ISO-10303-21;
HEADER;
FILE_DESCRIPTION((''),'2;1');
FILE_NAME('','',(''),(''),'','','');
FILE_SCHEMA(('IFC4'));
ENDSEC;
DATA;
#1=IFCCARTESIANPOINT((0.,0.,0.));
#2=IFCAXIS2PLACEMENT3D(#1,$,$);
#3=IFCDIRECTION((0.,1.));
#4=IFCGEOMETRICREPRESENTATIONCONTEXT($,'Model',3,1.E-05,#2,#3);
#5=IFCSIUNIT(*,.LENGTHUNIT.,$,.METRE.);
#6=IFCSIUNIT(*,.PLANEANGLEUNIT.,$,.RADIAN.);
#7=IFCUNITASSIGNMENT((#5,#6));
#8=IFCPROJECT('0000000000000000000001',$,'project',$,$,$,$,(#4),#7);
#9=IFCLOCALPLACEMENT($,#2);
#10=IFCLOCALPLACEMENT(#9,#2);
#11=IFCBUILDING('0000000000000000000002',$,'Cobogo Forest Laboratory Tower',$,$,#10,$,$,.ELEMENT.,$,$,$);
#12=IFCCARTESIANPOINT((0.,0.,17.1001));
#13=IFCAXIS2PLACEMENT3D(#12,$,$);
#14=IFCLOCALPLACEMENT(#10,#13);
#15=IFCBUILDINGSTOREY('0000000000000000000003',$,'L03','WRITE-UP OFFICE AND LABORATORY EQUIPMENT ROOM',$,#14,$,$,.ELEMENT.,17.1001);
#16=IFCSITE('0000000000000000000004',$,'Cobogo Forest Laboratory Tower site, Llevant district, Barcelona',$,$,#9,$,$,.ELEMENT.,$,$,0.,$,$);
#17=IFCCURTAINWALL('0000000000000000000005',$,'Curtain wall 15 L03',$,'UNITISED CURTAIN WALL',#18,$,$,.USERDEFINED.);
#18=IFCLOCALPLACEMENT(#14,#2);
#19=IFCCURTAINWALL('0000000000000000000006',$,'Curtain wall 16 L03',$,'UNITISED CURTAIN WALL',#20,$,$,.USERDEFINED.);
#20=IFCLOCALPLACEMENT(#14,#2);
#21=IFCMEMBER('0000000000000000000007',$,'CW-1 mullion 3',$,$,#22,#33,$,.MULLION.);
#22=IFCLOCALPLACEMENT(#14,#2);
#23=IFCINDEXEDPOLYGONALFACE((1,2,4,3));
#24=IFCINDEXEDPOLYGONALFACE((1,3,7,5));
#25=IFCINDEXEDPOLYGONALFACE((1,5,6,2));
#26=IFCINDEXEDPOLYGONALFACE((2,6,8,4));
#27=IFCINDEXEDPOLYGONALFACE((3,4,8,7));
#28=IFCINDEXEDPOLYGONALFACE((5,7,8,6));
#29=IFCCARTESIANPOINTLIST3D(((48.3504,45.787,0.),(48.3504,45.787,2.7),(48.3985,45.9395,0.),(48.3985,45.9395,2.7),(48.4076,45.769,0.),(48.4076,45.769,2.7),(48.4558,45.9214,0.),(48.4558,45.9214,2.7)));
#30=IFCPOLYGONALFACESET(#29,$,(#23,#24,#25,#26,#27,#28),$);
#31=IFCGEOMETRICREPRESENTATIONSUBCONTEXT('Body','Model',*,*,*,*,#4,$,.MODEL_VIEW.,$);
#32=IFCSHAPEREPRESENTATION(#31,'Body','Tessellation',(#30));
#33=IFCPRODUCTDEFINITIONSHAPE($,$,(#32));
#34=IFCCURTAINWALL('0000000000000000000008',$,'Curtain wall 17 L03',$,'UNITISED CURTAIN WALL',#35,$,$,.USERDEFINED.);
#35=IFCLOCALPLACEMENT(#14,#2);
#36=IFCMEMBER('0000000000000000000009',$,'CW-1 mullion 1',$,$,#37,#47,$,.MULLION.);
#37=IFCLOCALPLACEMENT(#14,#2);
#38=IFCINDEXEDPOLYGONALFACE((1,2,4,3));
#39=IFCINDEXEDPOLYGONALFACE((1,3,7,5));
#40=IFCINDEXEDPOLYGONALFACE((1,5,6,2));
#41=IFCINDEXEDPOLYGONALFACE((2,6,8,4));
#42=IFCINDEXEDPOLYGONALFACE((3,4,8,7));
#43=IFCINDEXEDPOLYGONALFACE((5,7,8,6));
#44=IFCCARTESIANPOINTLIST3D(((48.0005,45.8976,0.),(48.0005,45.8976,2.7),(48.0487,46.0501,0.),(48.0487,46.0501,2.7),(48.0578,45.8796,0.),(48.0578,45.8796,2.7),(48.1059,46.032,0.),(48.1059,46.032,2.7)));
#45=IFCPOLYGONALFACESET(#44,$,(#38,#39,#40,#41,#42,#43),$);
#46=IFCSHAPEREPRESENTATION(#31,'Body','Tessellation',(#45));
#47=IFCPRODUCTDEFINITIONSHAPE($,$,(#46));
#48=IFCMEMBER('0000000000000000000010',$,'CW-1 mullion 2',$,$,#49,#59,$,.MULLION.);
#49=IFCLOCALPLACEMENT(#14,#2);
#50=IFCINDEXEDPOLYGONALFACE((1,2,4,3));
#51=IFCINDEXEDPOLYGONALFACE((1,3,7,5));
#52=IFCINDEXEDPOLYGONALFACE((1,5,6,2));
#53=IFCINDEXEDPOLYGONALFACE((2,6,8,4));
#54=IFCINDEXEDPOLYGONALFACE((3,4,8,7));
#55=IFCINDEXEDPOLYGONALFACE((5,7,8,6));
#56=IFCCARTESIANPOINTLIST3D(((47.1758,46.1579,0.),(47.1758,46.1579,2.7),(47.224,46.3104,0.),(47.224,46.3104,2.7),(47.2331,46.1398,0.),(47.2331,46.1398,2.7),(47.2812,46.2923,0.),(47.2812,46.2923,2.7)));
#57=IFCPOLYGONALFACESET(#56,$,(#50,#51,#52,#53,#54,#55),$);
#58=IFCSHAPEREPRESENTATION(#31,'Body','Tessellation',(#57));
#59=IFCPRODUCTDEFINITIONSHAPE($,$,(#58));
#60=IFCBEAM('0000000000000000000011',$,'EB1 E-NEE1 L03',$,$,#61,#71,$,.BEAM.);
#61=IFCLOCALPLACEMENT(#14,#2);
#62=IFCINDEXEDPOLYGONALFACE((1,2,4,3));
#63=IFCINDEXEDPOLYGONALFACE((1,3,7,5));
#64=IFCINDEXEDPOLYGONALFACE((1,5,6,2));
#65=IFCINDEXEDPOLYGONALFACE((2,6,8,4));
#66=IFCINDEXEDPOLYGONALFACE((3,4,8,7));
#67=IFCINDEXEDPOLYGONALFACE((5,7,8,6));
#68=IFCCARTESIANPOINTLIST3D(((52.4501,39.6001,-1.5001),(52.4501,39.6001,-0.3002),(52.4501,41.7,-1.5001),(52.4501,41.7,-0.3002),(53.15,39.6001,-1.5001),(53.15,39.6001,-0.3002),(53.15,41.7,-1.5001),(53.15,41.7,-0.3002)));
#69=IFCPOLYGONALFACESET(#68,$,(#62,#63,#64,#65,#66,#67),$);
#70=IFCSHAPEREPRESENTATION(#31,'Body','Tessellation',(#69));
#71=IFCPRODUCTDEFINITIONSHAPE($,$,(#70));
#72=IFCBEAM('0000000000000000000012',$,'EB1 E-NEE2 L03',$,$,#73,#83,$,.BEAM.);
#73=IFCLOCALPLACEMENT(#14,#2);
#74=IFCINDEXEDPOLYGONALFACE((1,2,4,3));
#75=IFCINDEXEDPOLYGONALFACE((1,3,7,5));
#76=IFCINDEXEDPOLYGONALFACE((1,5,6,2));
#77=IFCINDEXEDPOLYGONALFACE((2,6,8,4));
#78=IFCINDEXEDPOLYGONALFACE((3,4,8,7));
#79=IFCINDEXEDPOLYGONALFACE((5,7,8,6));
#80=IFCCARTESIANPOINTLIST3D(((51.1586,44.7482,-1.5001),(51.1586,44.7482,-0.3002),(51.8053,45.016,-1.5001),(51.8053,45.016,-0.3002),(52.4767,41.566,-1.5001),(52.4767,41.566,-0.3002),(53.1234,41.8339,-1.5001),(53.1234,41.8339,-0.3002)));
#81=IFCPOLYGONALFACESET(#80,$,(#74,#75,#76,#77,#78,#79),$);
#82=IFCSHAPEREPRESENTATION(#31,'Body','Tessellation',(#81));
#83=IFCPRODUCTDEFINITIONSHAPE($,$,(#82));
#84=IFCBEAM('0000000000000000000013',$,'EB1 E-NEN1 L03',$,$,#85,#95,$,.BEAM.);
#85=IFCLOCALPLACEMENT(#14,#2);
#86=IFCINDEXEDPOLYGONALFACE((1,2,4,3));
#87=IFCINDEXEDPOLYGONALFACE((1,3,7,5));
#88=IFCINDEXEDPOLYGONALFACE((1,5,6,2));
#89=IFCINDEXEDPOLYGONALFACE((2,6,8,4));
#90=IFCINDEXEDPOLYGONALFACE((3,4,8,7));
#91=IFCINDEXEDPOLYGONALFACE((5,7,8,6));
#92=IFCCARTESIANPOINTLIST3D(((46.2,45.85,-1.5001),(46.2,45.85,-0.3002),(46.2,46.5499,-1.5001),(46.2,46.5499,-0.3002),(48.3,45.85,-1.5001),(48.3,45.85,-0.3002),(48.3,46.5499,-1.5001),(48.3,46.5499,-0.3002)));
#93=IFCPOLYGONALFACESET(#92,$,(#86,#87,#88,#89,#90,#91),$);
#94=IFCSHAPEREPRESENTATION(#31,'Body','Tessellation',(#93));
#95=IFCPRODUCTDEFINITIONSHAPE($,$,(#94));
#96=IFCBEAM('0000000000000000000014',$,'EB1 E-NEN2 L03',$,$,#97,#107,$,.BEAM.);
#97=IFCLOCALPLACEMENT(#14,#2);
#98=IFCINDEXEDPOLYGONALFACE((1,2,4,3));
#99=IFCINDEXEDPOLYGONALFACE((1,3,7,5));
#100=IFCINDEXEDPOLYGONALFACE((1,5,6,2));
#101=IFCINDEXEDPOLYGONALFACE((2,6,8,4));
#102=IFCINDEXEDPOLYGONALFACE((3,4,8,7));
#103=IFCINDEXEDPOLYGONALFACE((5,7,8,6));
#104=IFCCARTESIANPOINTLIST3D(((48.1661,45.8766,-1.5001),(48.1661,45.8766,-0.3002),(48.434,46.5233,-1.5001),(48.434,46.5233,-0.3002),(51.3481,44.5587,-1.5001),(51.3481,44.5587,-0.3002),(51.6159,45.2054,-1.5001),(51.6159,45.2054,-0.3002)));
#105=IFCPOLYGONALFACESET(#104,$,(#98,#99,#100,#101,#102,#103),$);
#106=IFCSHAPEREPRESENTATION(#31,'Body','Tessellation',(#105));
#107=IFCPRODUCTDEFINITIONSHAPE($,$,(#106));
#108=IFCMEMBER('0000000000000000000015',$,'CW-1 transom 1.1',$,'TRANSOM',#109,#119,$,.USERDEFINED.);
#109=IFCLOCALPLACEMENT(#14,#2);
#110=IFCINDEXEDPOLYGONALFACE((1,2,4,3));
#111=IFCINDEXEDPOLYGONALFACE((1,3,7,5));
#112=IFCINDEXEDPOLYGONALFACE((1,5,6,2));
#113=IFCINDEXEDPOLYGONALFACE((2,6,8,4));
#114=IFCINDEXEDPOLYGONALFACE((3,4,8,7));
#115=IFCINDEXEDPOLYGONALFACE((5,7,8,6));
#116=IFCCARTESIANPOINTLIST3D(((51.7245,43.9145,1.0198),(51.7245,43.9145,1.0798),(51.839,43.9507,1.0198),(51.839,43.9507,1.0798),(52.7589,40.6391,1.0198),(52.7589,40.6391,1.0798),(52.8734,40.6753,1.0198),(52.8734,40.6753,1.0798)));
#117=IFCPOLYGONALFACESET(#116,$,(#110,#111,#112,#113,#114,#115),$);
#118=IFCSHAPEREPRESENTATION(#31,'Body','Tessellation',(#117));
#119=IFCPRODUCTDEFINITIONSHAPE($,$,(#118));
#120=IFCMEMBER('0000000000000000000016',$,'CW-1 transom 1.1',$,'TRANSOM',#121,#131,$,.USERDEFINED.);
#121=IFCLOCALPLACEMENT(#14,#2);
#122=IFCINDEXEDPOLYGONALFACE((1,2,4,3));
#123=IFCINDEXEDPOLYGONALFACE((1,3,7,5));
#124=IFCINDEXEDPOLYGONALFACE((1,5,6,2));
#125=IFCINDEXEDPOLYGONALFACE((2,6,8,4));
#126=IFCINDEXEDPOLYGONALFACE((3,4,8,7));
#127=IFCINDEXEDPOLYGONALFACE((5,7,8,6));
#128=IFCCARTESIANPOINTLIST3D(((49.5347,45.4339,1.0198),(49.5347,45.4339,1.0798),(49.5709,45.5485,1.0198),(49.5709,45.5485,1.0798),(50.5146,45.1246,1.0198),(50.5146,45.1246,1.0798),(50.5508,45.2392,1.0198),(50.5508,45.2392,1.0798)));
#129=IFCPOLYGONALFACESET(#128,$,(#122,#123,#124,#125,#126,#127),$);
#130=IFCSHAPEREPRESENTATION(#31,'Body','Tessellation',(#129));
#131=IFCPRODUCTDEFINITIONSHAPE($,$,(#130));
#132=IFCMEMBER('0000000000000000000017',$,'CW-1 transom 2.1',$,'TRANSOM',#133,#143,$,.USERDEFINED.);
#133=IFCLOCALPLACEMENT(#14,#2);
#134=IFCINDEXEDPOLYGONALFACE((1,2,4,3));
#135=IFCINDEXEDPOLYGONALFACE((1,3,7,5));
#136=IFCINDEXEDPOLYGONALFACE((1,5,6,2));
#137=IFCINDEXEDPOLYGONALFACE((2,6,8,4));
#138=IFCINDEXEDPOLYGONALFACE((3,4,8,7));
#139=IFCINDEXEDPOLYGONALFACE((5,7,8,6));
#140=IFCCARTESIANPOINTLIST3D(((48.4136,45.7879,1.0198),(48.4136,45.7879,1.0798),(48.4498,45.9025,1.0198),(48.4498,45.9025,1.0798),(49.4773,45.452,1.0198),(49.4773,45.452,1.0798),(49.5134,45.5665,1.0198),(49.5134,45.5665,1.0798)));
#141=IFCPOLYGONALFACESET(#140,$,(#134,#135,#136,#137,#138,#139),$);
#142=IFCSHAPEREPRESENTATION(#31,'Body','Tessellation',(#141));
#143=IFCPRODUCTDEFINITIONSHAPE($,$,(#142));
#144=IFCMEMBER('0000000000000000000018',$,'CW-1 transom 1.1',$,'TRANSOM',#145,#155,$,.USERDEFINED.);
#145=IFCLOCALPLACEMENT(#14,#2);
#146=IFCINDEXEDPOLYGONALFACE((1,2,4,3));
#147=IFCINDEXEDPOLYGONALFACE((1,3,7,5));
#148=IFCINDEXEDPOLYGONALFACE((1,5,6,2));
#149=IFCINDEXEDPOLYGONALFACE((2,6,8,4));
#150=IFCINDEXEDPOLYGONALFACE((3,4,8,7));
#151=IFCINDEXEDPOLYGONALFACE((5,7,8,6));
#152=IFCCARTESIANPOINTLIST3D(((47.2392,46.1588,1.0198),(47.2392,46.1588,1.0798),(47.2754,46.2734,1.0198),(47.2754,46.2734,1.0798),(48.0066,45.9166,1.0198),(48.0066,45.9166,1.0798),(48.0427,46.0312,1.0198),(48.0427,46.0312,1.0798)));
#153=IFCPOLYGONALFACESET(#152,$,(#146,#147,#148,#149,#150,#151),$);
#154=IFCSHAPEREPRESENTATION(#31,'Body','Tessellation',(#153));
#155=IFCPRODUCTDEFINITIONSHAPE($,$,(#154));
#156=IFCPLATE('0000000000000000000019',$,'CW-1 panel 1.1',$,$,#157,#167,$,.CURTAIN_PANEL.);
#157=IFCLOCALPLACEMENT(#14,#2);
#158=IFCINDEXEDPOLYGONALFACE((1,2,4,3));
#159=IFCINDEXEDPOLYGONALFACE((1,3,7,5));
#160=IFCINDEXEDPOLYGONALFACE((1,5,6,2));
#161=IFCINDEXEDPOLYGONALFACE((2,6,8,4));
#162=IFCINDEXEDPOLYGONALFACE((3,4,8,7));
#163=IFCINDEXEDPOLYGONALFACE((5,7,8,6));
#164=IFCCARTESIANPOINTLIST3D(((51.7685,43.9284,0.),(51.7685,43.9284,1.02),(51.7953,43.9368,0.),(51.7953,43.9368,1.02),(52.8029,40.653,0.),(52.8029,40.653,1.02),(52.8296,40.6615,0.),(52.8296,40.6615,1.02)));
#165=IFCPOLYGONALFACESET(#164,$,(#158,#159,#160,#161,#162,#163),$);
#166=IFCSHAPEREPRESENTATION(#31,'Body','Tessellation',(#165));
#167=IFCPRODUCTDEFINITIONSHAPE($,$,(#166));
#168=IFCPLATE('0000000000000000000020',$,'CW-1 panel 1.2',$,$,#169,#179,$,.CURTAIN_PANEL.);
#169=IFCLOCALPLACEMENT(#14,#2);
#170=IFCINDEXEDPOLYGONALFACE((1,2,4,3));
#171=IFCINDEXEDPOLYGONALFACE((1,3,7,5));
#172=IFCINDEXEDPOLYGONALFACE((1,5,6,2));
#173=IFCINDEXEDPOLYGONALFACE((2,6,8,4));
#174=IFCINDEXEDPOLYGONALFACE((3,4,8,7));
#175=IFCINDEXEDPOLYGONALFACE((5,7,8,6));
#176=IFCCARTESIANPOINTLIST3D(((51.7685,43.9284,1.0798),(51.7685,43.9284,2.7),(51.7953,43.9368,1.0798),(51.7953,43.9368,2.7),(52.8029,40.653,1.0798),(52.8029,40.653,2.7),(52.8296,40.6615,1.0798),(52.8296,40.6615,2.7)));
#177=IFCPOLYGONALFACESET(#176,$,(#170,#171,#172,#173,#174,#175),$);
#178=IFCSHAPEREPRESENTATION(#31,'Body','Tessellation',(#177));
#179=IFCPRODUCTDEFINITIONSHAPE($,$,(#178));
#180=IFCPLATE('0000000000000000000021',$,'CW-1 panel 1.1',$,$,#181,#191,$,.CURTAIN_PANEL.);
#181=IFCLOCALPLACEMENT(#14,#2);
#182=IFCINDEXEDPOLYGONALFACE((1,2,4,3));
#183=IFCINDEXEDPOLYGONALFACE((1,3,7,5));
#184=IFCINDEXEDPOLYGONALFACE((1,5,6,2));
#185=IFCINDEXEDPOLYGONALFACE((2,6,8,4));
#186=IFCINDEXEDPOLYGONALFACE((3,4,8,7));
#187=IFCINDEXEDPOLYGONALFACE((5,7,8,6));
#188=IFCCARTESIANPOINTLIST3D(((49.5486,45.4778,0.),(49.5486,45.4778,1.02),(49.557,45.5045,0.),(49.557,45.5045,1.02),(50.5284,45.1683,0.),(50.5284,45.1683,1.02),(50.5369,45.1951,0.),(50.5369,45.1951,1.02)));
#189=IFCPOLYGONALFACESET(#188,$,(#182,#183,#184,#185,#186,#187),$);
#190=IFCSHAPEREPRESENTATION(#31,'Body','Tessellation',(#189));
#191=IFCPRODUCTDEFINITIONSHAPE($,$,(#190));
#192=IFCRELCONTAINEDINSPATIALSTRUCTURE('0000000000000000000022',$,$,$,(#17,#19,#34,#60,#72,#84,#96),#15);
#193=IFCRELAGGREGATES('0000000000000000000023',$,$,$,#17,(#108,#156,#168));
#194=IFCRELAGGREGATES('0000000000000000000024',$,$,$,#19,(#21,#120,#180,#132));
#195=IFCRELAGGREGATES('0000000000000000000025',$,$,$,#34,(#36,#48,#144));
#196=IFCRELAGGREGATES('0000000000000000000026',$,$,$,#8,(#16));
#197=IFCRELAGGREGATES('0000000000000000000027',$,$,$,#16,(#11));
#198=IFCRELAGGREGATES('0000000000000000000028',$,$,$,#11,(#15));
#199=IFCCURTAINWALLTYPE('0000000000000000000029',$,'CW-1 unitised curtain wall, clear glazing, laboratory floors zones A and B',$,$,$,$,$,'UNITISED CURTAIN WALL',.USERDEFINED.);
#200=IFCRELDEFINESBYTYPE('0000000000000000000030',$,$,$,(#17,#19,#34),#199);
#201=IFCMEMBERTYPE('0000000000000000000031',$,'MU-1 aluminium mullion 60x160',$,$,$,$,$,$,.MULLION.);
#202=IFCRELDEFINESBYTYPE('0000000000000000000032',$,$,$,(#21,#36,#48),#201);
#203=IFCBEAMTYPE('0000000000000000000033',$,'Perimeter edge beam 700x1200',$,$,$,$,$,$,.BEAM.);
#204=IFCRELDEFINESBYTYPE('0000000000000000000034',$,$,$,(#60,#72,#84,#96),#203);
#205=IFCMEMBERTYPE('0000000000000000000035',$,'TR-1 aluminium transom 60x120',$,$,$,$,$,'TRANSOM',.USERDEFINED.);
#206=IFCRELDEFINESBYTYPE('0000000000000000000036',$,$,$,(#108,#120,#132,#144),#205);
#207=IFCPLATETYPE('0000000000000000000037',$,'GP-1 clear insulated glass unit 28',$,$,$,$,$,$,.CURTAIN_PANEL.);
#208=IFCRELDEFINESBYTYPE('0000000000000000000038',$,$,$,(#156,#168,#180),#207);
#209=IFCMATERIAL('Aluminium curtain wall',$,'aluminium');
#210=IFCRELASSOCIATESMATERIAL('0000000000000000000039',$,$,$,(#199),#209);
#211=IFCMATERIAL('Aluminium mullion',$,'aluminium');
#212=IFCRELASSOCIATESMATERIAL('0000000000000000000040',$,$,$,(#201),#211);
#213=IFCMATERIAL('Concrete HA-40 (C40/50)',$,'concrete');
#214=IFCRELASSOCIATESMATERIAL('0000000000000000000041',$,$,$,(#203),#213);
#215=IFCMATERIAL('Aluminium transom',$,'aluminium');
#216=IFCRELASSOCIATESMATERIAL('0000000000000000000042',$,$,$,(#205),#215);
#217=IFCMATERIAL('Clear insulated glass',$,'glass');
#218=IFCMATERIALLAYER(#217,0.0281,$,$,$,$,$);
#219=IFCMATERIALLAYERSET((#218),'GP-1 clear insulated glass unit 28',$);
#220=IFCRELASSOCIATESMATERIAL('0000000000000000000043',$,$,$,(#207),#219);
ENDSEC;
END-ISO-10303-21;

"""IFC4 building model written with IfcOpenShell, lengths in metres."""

from ifc_helpers import new_model, si_unit, direction, frame, origin, origin_2d, place, context, subcontext, project, spatial, rectangle, extrude, material, layer, layer_set, material_profile, profile_set, type_object, element, aggregate, save


model = new_model("IFC4")

# Units and contexts
model_context = context("Model", 3, precision=1e-05, world=origin(), true_north=direction((0.0, 1.0)))
body_context = subcontext(model_context, "Body", "Model", "MODEL_VIEW")
ifc_project = project(units=[si_unit("LENGTHUNIT", "METRE"), si_unit("PLANEANGLEUNIT", "RADIAN")], contexts=[model_context])

# Site, building, storey
site_placement = place(None, origin())
site = spatial("IfcSite", under=ifc_project, at=site_placement, Name="Cobogo Forest Laboratory Tower site, Llevant district, Barcelona", CompositionType="ELEMENT", RefElevation=0.0)
building_placement = place(site_placement, origin())
building = spatial("IfcBuilding", under=site, at=building_placement, Name="Cobogo Forest Laboratory Tower", CompositionType="ELEMENT")
storey_placement = place(building_placement, frame((0.0, 0.0, 17.1001)))
storey = spatial("IfcBuildingStorey", under=building, at=storey_placement, Name="L03", Description="WRITE-UP OFFICE AND LABORATORY EQUIPMENT ROOM", CompositionType="ELEMENT", Elevation=17.1001)

# Shared definitions
ifc_material_1 = material(Name="Concrete HA-40 (C40/50)", Category="concrete")

# Curtain walls, members
ifc_material_2 = material(Name="Aluminium curtain wall", Category="aluminium")
curtain_wall_type = type_object("IfcCurtainWallType", Name="CW-1 unitised curtain wall, clear glazing, laboratory floors zones A and B", ElementType="UNITISED CURTAIN WALL", PredefinedType="USERDEFINED", material=ifc_material_2)
curtain_wall_1_placement = place(storey_placement, origin())
curtain_wall_1 = element("IfcCurtainWall", 1, at=curtain_wall_1_placement, inside=storey, type_object=curtain_wall_type, Name="Curtain wall 15 L03", ObjectType="UNITISED CURTAIN WALL", PredefinedType="USERDEFINED")
ifc_material_3 = material(Name="Aluminium mullion", Category="aluminium")
ifc_material_profile_1 = material_profile(ifc_material_3, rectangle(XDim=0.0601, YDim=0.1599, at=origin_2d()), Name="AL 60x160")
ifc_profile_set_1 = profile_set([ifc_material_profile_1], Name="Aluminium mullion")
member_type_1 = type_object("IfcMemberType", Name="MU-1 aluminium mullion 60x160", PredefinedType="MULLION", material=ifc_profile_set_1)
curtain_wall_2_placement = place(storey_placement, origin())
curtain_wall_2 = element("IfcCurtainWall", 2, at=curtain_wall_2_placement, inside=storey, type_object=curtain_wall_type, Name="Curtain wall 16 L03", ObjectType="UNITISED CURTAIN WALL", PredefinedType="USERDEFINED")
member_1_placement = place(storey_placement, frame((48.4031, 45.8542, 0.0), z_axis=(0.0, 0.0, 1.0), x_axis=(-0.953581, 0.301135, 0.0)))
member_1 = element("IfcMember", 3, at=member_1_placement, type_object=member_type_1, Name="CW-1 mullion 3", PredefinedType="MULLION", context=body_context, shape_type="SweptSolid", body=[
    extrude(rectangle(XDim=0.0601, YDim=0.1599, at=origin_2d()), origin(), (0.0, 0.0, 1.0), 2.7),
])
curtain_wall_3_placement = place(storey_placement, origin())
curtain_wall_3 = element("IfcCurtainWall", 4, at=curtain_wall_3_placement, inside=storey, type_object=curtain_wall_type, Name="Curtain wall 17 L03", ObjectType="UNITISED CURTAIN WALL", PredefinedType="USERDEFINED")
member_2_placement = place(storey_placement, frame((48.0532, 45.9648, 0.0), z_axis=(0.0, 0.0, 1.0), x_axis=(-0.953581, 0.301135, 0.0)))
member_2 = element("IfcMember", 5, at=member_2_placement, type_object=member_type_1, Name="CW-1 mullion 1", PredefinedType="MULLION", context=body_context, shape_type="SweptSolid", body=[
    extrude(rectangle(XDim=0.0601, YDim=0.1599, at=origin_2d()), origin(), (0.0, 0.0, 1.0), 2.7),
])
member_3_placement = place(storey_placement, frame((47.2285, 46.2251, 0.0), z_axis=(0.0, 0.0, 1.0), x_axis=(-0.953581, 0.301135, 0.0)))
member_3 = element("IfcMember", 6, at=member_3_placement, type_object=member_type_1, Name="CW-1 mullion 2", PredefinedType="MULLION", context=body_context, shape_type="SweptSolid", body=[
    extrude(rectangle(XDim=0.0601, YDim=0.1599, at=origin_2d()), origin(), (0.0, 0.0, 1.0), 2.7),
])

# Beams
ifc_material_profile_2 = material_profile(ifc_material_1, rectangle(XDim=0.7, YDim=1.2, at=origin_2d()), Name="RC 700x1200")
ifc_profile_set_2 = profile_set([ifc_material_profile_2], Name="Concrete HA-40 (C40/50)")
beam_type_1 = type_object("IfcBeamType", Name="Perimeter edge beam 700x1200", PredefinedType="BEAM", material=ifc_profile_set_2)
beam_1_placement = place(storey_placement, frame((52.8, 39.6001, -0.9001), z_axis=(0.0, 1.0, 0.0), x_axis=(-1.0, 0.0, 0.0)))
element("IfcBeam", 7, at=beam_1_placement, inside=storey, type_object=beam_type_1, Name="EB1 E-NEE1 L03", PredefinedType="BEAM", context=body_context, shape_type="SweptSolid", body=[
    extrude(rectangle(XDim=0.7, YDim=1.2, at=origin_2d()), origin(), (0.0, 0.0, 1.0), 2.0999),
])
beam_2_placement = place(storey_placement, frame((52.8, 41.7, -0.9001), z_axis=(-0.382692, 0.923876, 0.0), x_axis=(-0.923876, -0.382692, 0.0)))
element("IfcBeam", 8, at=beam_2_placement, inside=storey, type_object=beam_type_1, Name="EB1 E-NEE2 L03", PredefinedType="BEAM", context=body_context, shape_type="SweptSolid", body=[
    extrude(rectangle(XDim=0.7, YDim=1.2, at=origin_2d()), origin(), (0.0, 0.0, 1.0), 3.4443),
])
beam_3_placement = place(storey_placement, frame((46.2, 46.2, -0.9001), z_axis=(1.0, 0.0, 0.0), x_axis=(0.0, 1.0, 0.0)))
element("IfcBeam", 9, at=beam_3_placement, inside=storey, type_object=beam_type_1, Name="EB1 E-NEN1 L03", PredefinedType="BEAM", context=body_context, shape_type="SweptSolid", body=[
    extrude(rectangle(XDim=0.7, YDim=1.2, at=origin_2d()), origin(), (0.0, 0.0, 1.0), 2.1001),
])
beam_4_placement = place(storey_placement, frame((48.3, 46.2, -0.9001), z_axis=(0.923891, -0.382656, 0.0), x_axis=(0.382656, 0.923891, 0.0)))
element("IfcBeam", 10, at=beam_4_placement, inside=storey, type_object=beam_type_1, Name="EB1 E-NEN2 L03", PredefinedType="BEAM", context=body_context, shape_type="SweptSolid", body=[
    extrude(rectangle(XDim=0.7, YDim=1.2, at=origin_2d()), origin(), (0.0, 0.0, 1.0), 3.4441),
])

# Members
ifc_material_4 = material(Name="Aluminium transom", Category="aluminium")
ifc_material_profile_3 = material_profile(ifc_material_4, rectangle(XDim=0.1201, YDim=0.0601, at=origin_2d()), Name="AL 60x120")
ifc_profile_set_3 = profile_set([ifc_material_profile_3], Name="Aluminium transom")
member_type_2 = type_object("IfcMemberType", Name="TR-1 aluminium transom 60x120", ElementType="TRANSOM", PredefinedType="USERDEFINED", material=ifc_profile_set_3)
member_4_placement = place(storey_placement, frame((52.8162, 40.6572, 1.0498), z_axis=(-0.301155, 0.953575, 0.0), x_axis=(-0.953575, -0.301155, 0.0)))
member_4 = element("IfcMember", 11, at=member_4_placement, type_object=member_type_2, Name="CW-1 transom 1.1", ObjectType="TRANSOM", PredefinedType="USERDEFINED", context=body_context, shape_type="SweptSolid", body=[
    extrude(rectangle(XDim=0.1201, YDim=0.0601, at=origin_2d()), origin(), (0.0, 0.0, 1.0), 3.4348),
])
member_5_placement = place(storey_placement, frame((50.5327, 45.1819, 1.0498), z_axis=(-0.953622, 0.301006, 0.0), x_axis=(-0.301006, -0.953622, 0.0)))
member_5 = element("IfcMember", 12, at=member_5_placement, type_object=member_type_2, Name="CW-1 transom 1.1", ObjectType="TRANSOM", PredefinedType="USERDEFINED", context=body_context, shape_type="SweptSolid", body=[
    extrude(rectangle(XDim=0.1201, YDim=0.0601, at=origin_2d()), origin(), (0.0, 0.0, 1.0), 1.0276),
])
member_6_placement = place(storey_placement, frame((49.4954, 45.5093, 1.0498), z_axis=(-0.953576, 0.301152, 0.0), x_axis=(-0.301152, -0.953576, 0.0)))
member_6 = element("IfcMember", 13, at=member_6_placement, type_object=member_type_2, Name="CW-1 transom 2.1", ObjectType="TRANSOM", PredefinedType="USERDEFINED", context=body_context, shape_type="SweptSolid", body=[
    extrude(rectangle(XDim=0.1201, YDim=0.0601, at=origin_2d()), origin(), (0.0, 0.0, 1.0), 1.1155),
])
member_7_placement = place(storey_placement, frame((48.0247, 45.9739, 1.0498), z_axis=(-0.953629, 0.300986, 0.0), x_axis=(-0.300986, -0.953629, 0.0)))
member_7 = element("IfcMember", 14, at=member_7_placement, type_object=member_type_2, Name="CW-1 transom 1.1", ObjectType="TRANSOM", PredefinedType="USERDEFINED", context=body_context, shape_type="SweptSolid", body=[
    extrude(rectangle(XDim=0.1201, YDim=0.0601, at=origin_2d()), origin(), (0.0, 0.0, 1.0), 0.8047),
])

# Plates
ifc_material_5 = material(Name="Clear insulated glass", Category="glass")
ifc_layer_1 = layer(ifc_material_5, 0.0281)
ifc_layer_set_1 = layer_set([ifc_layer_1], Name="GP-1 clear insulated glass unit 28")
plate_type = type_object("IfcPlateType", Name="GP-1 clear insulated glass unit 28", PredefinedType="CURTAIN_PANEL", material=ifc_layer_set_1)
plate_1_placement = place(storey_placement, frame((52.2991, 42.2949, 0.0), z_axis=(0.0, 0.0, 1.0), x_axis=(-0.301135, 0.953581, 0.0)))
plate_1 = element("IfcPlate", 15, at=plate_1_placement, type_object=plate_type, Name="CW-1 panel 1.1", PredefinedType="CURTAIN_PANEL", context=body_context, shape_type="SweptSolid", body=[
    extrude(rectangle(XDim=3.4348, YDim=0.0281, at=origin_2d()), origin(), (0.0, 0.0, 1.0), 1.02),
])
plate_2_placement = place(storey_placement, frame((52.2991, 42.2949, 1.0798), z_axis=(0.0, 0.0, 1.0), x_axis=(-0.301135, 0.953581, 0.0)))
plate_2 = element("IfcPlate", 16, at=plate_2_placement, type_object=plate_type, Name="CW-1 panel 1.2", PredefinedType="CURTAIN_PANEL", context=body_context, shape_type="SweptSolid", body=[
    extrude(rectangle(XDim=3.4348, YDim=0.0281, at=origin_2d()), origin(), (0.0, 0.0, 1.0), 1.6201),
])
aggregate(curtain_wall_1, [member_4, plate_1, plate_2])
plate_3_placement = place(storey_placement, frame((50.0427, 45.3364, 0.0), z_axis=(0.0, 0.0, 1.0), x_axis=(-0.953581, 0.301135, 0.0)))
plate_3 = element("IfcPlate", 17, at=plate_3_placement, type_object=plate_type, Name="CW-1 panel 1.1", PredefinedType="CURTAIN_PANEL", context=body_context, shape_type="SweptSolid", body=[
    extrude(rectangle(XDim=1.0276, YDim=0.0281, at=origin_2d()), origin(), (0.0, 0.0, 1.0), 1.02),
])
aggregate(curtain_wall_2, [member_1, member_5, plate_3, member_6])
aggregate(curtain_wall_3, [member_2, member_3, member_7])

save(model, "model.ifc")
